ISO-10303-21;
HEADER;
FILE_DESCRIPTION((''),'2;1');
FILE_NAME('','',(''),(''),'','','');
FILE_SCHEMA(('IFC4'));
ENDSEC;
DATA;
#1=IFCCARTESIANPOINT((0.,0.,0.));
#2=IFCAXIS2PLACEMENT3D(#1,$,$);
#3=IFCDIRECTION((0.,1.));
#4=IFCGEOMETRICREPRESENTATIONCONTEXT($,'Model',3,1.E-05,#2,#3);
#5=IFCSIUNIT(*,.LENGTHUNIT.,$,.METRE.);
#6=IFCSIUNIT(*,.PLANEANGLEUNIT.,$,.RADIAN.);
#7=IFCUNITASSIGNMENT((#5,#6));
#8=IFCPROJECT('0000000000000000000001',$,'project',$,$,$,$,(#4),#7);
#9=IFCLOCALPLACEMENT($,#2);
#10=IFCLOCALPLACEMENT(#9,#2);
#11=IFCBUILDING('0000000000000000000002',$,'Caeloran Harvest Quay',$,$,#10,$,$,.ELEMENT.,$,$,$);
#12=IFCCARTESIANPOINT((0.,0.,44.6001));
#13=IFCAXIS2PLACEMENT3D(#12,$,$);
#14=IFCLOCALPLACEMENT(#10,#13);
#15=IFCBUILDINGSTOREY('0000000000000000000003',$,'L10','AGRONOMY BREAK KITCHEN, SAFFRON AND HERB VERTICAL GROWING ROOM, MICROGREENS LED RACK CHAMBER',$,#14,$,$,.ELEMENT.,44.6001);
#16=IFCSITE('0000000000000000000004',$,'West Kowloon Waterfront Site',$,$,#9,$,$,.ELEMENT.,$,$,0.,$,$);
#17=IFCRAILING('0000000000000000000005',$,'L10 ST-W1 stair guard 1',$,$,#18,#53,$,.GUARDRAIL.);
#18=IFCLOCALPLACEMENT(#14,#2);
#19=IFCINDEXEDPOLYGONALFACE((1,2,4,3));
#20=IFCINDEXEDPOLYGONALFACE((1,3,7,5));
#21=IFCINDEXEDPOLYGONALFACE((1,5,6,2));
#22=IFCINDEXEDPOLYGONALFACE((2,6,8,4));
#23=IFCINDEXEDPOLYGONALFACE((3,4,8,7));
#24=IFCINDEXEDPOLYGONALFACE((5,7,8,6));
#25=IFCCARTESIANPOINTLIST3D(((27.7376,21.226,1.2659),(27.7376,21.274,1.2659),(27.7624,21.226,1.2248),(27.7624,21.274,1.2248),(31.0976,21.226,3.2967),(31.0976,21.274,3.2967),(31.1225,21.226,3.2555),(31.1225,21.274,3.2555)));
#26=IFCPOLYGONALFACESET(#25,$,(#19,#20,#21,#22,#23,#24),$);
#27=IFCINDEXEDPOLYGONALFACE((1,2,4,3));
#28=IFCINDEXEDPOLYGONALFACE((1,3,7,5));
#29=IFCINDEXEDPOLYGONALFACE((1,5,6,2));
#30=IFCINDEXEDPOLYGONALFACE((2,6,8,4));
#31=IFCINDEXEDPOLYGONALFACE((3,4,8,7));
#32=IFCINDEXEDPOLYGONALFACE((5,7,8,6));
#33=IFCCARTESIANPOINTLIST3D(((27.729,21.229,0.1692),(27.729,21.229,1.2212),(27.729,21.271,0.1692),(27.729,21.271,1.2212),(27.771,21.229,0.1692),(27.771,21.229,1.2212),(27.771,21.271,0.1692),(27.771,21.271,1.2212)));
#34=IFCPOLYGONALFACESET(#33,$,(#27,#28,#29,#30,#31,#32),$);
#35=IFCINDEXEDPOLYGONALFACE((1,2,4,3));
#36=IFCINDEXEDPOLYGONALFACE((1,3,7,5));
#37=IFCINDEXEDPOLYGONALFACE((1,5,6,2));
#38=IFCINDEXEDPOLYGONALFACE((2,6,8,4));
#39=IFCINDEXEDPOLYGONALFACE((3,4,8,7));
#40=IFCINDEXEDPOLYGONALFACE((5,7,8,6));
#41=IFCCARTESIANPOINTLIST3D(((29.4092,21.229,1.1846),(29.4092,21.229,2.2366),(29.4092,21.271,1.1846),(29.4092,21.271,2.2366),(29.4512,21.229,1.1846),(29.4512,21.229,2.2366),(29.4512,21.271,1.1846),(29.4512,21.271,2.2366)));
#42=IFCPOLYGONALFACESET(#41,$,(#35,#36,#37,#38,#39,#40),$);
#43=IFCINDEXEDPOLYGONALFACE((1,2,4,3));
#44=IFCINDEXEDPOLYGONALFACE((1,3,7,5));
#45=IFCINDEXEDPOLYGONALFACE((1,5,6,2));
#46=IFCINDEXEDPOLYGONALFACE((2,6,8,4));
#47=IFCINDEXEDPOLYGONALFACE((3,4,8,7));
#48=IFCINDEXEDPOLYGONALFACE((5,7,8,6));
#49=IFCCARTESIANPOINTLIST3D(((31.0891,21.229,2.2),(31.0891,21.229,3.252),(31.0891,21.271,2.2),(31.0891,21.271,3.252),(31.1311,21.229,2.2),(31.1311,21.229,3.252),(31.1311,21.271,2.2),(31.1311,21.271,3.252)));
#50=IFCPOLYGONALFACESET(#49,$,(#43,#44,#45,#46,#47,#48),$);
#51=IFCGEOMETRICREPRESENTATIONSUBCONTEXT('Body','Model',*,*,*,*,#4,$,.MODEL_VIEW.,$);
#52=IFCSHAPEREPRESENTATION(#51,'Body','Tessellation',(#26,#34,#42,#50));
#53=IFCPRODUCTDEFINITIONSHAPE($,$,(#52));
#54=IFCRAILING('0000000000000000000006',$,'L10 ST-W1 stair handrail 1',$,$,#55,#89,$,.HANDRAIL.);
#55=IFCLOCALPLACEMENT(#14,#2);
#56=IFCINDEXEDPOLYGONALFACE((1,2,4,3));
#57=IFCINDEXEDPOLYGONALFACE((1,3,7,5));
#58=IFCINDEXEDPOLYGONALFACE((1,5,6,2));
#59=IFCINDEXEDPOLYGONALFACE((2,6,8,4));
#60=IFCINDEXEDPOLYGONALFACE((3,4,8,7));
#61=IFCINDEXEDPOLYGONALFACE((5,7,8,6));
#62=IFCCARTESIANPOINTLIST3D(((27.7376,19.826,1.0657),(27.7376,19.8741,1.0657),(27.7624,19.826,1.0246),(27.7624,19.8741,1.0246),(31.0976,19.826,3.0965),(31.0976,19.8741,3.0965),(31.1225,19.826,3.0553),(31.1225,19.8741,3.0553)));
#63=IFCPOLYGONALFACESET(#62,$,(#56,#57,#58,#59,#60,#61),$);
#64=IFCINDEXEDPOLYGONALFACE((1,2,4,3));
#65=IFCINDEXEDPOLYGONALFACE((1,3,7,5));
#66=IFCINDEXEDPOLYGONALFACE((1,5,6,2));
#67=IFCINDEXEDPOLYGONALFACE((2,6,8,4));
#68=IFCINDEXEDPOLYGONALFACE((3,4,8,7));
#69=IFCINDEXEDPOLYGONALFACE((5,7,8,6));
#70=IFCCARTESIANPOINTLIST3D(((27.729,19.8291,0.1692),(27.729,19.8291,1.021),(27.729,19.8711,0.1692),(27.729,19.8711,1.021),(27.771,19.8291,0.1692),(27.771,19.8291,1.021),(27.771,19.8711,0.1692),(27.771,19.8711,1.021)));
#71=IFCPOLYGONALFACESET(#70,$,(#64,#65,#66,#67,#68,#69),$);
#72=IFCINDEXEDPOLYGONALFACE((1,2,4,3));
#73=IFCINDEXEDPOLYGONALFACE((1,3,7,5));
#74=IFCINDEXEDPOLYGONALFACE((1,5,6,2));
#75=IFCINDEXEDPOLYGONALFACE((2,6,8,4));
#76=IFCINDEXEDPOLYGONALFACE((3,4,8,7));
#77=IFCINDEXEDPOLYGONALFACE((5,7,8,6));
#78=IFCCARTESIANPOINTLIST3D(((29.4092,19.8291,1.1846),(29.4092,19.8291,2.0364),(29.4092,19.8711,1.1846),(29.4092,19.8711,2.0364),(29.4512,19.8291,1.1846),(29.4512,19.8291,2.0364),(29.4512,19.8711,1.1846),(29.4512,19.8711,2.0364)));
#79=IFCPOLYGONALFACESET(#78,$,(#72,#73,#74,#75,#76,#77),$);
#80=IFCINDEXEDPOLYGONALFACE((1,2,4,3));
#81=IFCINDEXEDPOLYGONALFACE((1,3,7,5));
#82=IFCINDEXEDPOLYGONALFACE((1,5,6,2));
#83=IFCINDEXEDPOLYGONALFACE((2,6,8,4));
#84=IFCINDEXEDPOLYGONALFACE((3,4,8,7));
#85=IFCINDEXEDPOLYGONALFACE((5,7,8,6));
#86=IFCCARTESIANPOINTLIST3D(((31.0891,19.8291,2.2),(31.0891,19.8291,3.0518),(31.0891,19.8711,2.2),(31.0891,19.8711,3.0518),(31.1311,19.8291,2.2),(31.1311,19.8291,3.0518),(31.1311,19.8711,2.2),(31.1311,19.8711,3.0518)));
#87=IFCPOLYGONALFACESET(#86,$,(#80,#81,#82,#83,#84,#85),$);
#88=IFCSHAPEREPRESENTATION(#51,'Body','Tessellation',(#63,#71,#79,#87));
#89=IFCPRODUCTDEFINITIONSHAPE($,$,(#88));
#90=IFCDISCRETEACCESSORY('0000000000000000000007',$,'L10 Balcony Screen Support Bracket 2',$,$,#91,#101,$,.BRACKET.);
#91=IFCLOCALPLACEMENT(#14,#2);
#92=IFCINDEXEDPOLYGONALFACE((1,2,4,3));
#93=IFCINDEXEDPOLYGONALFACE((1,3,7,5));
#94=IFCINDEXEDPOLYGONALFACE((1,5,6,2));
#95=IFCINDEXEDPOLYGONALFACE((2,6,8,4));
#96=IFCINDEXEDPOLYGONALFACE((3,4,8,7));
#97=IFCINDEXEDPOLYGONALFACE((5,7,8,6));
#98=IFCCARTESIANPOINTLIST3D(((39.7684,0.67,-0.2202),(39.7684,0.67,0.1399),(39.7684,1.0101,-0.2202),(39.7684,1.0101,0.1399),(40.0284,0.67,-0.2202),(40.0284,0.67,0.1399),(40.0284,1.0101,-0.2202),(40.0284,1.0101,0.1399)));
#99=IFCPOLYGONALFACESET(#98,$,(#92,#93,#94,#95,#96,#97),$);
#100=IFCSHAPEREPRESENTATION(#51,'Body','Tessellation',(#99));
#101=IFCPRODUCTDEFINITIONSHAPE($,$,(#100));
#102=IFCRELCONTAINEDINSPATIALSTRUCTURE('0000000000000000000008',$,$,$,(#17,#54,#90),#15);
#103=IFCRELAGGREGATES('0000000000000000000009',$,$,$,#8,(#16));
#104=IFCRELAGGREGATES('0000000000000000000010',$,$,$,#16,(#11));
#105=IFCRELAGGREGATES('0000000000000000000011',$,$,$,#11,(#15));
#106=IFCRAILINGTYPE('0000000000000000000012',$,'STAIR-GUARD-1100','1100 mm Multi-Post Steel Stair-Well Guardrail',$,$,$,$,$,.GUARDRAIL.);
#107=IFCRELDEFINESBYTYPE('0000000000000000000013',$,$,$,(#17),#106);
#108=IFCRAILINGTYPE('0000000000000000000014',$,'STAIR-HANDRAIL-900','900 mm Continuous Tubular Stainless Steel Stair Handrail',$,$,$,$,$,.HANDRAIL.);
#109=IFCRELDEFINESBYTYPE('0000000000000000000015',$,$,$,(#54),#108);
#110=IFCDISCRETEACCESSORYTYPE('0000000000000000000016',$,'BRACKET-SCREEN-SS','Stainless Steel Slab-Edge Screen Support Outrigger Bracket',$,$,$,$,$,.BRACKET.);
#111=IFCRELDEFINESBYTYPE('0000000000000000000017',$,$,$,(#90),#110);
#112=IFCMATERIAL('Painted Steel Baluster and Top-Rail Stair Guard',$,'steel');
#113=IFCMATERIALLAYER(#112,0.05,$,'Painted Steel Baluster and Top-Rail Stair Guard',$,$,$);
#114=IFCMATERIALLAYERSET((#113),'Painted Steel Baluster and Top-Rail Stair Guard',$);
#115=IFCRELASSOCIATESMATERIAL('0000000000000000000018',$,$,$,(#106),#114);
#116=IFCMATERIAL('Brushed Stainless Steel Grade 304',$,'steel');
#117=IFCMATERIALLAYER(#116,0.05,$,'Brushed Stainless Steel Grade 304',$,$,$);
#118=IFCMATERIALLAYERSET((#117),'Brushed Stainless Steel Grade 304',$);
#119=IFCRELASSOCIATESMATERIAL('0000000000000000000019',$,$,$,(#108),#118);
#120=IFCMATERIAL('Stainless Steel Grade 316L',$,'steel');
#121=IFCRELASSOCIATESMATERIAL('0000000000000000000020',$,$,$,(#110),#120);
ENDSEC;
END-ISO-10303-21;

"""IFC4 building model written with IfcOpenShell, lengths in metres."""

from ifc_helpers import new_model, si_unit, direction, frame, origin, origin_2d, place, context, subcontext, project, spatial, rectangle, extrude, material, layer, layer_set, type_object, element, save


model = new_model("IFC4")

# Units and contexts
model_context = context("Model", 3, precision=1e-05, world=origin(), true_north=direction((0.0, 1.0)))
body_context = subcontext(model_context, "Body", "Model", "MODEL_VIEW")
ifc_project = project(units=[si_unit("LENGTHUNIT", "METRE"), si_unit("PLANEANGLEUNIT", "RADIAN")], contexts=[model_context])

# Site, building, storey
site_placement = place(None, origin())
site = spatial("IfcSite", under=ifc_project, at=site_placement, Name="West Kowloon Waterfront Site", CompositionType="ELEMENT", RefElevation=0.0)
building_placement = place(site_placement, origin())
building = spatial("IfcBuilding", under=site, at=building_placement, Name="Caeloran Harvest Quay", CompositionType="ELEMENT")
storey_placement = place(building_placement, frame((0.0, 0.0, 44.6001)))
storey = spatial("IfcBuildingStorey", under=building, at=storey_placement, Name="L10", Description="AGRONOMY BREAK KITCHEN, SAFFRON AND HERB VERTICAL GROWING ROOM, MICROGREENS LED RACK CHAMBER", CompositionType="ELEMENT", Elevation=44.6001)

# Railings
ifc_material_1 = material(Name="Painted Steel Baluster and Top-Rail Stair Guard", Category="steel")
ifc_layer_1 = layer(ifc_material_1, 0.05, Name="Painted Steel Baluster and Top-Rail Stair Guard")
ifc_layer_set_1 = layer_set([ifc_layer_1], Name="Painted Steel Baluster and Top-Rail Stair Guard")
railing_type_1 = type_object("IfcRailingType", Name="STAIR-GUARD-1100", Description="1100 mm Multi-Post Steel Stair-Well Guardrail", PredefinedType="GUARDRAIL", material=ifc_layer_set_1)
railing_1_placement = place(storey_placement, frame((27.75, 21.25, 0.1692)))
element("IfcRailing", 1, at=railing_1_placement, inside=storey, type_object=railing_type_1, Name="L10 ST-W1 stair guard 1", PredefinedType="GUARDRAIL", context=body_context, shape_type="SweptSolid", body=[
    extrude(rectangle(XDim=0.0481, YDim=0.0481, at=origin_2d()), frame((0.0, 0.0, 1.0762), z_axis=(0.855837, 0.0, 0.517246), x_axis=(0.0, 1.0, 0.0)), (0.0, 0.0, 1.0), 3.926),
    extrude(rectangle(XDim=0.042, YDim=0.042, at=origin_2d()), origin(), (0.0, 0.0, 1.0), 1.052),
    extrude(rectangle(XDim=0.042, YDim=0.042, at=origin_2d()), frame((1.6802, 0.0, 1.0154)), (0.0, 0.0, 1.0), 1.052),
    extrude(rectangle(XDim=0.042, YDim=0.042, at=origin_2d()), frame((3.3601, 0.0, 2.0308)), (0.0, 0.0, 1.0), 1.052),
])
ifc_material_2 = material(Name="Brushed Stainless Steel Grade 304", Category="steel")
ifc_layer_2 = layer(ifc_material_2, 0.05, Name="Brushed Stainless Steel Grade 304")
ifc_layer_set_2 = layer_set([ifc_layer_2], Name="Brushed Stainless Steel Grade 304")
railing_type_2 = type_object("IfcRailingType", Name="STAIR-HANDRAIL-900", Description="900 mm Continuous Tubular Stainless Steel Stair Handrail", PredefinedType="HANDRAIL", material=ifc_layer_set_2)
railing_2_placement = place(storey_placement, frame((27.75, 19.8501, 0.1692)))
element("IfcRailing", 2, at=railing_2_placement, inside=storey, type_object=railing_type_2, Name="L10 ST-W1 stair handrail 1", PredefinedType="HANDRAIL", context=body_context, shape_type="SweptSolid", body=[
    extrude(rectangle(XDim=0.0481, YDim=0.0481, at=origin_2d()), frame((0.0, 0.0, 0.876), z_axis=(0.855837, 0.0, 0.517246), x_axis=(0.0, 1.0, 0.0)), (0.0, 0.0, 1.0), 3.926),
    extrude(rectangle(XDim=0.042, YDim=0.042, at=origin_2d()), origin(), (0.0, 0.0, 1.0), 0.8518),
    extrude(rectangle(XDim=0.042, YDim=0.042, at=origin_2d()), frame((1.6802, 0.0, 1.0154)), (0.0, 0.0, 1.0), 0.8518),
    extrude(rectangle(XDim=0.042, YDim=0.042, at=origin_2d()), frame((3.3601, 0.0, 2.0308)), (0.0, 0.0, 1.0), 0.8518),
])

# Discrete accessory
ifc_material_3 = material(Name="Stainless Steel Grade 316L", Category="steel")
discrete_accessory_type = type_object("IfcDiscreteAccessoryType", Name="BRACKET-SCREEN-SS", Description="Stainless Steel Slab-Edge Screen Support Outrigger Bracket", PredefinedType="BRACKET", material=ifc_material_3)
discrete_accessory_placement = place(storey_placement, frame((39.8984, 0.8401, -0.2202), z_axis=(0.0, 0.0, 1.0), x_axis=(1.0, 0.0, 0.0)))
element("IfcDiscreteAccessory", 3, at=discrete_accessory_placement, inside=storey, type_object=discrete_accessory_type, Name="L10 Balcony Screen Support Bracket 2", PredefinedType="BRACKET", context=body_context, shape_type="SweptSolid", body=[
    extrude(rectangle(XDim=0.26, YDim=0.3401, at=origin_2d()), origin(), (0.0, 0.0, 1.0), 0.3601),
])

save(model, "model.ifc")
